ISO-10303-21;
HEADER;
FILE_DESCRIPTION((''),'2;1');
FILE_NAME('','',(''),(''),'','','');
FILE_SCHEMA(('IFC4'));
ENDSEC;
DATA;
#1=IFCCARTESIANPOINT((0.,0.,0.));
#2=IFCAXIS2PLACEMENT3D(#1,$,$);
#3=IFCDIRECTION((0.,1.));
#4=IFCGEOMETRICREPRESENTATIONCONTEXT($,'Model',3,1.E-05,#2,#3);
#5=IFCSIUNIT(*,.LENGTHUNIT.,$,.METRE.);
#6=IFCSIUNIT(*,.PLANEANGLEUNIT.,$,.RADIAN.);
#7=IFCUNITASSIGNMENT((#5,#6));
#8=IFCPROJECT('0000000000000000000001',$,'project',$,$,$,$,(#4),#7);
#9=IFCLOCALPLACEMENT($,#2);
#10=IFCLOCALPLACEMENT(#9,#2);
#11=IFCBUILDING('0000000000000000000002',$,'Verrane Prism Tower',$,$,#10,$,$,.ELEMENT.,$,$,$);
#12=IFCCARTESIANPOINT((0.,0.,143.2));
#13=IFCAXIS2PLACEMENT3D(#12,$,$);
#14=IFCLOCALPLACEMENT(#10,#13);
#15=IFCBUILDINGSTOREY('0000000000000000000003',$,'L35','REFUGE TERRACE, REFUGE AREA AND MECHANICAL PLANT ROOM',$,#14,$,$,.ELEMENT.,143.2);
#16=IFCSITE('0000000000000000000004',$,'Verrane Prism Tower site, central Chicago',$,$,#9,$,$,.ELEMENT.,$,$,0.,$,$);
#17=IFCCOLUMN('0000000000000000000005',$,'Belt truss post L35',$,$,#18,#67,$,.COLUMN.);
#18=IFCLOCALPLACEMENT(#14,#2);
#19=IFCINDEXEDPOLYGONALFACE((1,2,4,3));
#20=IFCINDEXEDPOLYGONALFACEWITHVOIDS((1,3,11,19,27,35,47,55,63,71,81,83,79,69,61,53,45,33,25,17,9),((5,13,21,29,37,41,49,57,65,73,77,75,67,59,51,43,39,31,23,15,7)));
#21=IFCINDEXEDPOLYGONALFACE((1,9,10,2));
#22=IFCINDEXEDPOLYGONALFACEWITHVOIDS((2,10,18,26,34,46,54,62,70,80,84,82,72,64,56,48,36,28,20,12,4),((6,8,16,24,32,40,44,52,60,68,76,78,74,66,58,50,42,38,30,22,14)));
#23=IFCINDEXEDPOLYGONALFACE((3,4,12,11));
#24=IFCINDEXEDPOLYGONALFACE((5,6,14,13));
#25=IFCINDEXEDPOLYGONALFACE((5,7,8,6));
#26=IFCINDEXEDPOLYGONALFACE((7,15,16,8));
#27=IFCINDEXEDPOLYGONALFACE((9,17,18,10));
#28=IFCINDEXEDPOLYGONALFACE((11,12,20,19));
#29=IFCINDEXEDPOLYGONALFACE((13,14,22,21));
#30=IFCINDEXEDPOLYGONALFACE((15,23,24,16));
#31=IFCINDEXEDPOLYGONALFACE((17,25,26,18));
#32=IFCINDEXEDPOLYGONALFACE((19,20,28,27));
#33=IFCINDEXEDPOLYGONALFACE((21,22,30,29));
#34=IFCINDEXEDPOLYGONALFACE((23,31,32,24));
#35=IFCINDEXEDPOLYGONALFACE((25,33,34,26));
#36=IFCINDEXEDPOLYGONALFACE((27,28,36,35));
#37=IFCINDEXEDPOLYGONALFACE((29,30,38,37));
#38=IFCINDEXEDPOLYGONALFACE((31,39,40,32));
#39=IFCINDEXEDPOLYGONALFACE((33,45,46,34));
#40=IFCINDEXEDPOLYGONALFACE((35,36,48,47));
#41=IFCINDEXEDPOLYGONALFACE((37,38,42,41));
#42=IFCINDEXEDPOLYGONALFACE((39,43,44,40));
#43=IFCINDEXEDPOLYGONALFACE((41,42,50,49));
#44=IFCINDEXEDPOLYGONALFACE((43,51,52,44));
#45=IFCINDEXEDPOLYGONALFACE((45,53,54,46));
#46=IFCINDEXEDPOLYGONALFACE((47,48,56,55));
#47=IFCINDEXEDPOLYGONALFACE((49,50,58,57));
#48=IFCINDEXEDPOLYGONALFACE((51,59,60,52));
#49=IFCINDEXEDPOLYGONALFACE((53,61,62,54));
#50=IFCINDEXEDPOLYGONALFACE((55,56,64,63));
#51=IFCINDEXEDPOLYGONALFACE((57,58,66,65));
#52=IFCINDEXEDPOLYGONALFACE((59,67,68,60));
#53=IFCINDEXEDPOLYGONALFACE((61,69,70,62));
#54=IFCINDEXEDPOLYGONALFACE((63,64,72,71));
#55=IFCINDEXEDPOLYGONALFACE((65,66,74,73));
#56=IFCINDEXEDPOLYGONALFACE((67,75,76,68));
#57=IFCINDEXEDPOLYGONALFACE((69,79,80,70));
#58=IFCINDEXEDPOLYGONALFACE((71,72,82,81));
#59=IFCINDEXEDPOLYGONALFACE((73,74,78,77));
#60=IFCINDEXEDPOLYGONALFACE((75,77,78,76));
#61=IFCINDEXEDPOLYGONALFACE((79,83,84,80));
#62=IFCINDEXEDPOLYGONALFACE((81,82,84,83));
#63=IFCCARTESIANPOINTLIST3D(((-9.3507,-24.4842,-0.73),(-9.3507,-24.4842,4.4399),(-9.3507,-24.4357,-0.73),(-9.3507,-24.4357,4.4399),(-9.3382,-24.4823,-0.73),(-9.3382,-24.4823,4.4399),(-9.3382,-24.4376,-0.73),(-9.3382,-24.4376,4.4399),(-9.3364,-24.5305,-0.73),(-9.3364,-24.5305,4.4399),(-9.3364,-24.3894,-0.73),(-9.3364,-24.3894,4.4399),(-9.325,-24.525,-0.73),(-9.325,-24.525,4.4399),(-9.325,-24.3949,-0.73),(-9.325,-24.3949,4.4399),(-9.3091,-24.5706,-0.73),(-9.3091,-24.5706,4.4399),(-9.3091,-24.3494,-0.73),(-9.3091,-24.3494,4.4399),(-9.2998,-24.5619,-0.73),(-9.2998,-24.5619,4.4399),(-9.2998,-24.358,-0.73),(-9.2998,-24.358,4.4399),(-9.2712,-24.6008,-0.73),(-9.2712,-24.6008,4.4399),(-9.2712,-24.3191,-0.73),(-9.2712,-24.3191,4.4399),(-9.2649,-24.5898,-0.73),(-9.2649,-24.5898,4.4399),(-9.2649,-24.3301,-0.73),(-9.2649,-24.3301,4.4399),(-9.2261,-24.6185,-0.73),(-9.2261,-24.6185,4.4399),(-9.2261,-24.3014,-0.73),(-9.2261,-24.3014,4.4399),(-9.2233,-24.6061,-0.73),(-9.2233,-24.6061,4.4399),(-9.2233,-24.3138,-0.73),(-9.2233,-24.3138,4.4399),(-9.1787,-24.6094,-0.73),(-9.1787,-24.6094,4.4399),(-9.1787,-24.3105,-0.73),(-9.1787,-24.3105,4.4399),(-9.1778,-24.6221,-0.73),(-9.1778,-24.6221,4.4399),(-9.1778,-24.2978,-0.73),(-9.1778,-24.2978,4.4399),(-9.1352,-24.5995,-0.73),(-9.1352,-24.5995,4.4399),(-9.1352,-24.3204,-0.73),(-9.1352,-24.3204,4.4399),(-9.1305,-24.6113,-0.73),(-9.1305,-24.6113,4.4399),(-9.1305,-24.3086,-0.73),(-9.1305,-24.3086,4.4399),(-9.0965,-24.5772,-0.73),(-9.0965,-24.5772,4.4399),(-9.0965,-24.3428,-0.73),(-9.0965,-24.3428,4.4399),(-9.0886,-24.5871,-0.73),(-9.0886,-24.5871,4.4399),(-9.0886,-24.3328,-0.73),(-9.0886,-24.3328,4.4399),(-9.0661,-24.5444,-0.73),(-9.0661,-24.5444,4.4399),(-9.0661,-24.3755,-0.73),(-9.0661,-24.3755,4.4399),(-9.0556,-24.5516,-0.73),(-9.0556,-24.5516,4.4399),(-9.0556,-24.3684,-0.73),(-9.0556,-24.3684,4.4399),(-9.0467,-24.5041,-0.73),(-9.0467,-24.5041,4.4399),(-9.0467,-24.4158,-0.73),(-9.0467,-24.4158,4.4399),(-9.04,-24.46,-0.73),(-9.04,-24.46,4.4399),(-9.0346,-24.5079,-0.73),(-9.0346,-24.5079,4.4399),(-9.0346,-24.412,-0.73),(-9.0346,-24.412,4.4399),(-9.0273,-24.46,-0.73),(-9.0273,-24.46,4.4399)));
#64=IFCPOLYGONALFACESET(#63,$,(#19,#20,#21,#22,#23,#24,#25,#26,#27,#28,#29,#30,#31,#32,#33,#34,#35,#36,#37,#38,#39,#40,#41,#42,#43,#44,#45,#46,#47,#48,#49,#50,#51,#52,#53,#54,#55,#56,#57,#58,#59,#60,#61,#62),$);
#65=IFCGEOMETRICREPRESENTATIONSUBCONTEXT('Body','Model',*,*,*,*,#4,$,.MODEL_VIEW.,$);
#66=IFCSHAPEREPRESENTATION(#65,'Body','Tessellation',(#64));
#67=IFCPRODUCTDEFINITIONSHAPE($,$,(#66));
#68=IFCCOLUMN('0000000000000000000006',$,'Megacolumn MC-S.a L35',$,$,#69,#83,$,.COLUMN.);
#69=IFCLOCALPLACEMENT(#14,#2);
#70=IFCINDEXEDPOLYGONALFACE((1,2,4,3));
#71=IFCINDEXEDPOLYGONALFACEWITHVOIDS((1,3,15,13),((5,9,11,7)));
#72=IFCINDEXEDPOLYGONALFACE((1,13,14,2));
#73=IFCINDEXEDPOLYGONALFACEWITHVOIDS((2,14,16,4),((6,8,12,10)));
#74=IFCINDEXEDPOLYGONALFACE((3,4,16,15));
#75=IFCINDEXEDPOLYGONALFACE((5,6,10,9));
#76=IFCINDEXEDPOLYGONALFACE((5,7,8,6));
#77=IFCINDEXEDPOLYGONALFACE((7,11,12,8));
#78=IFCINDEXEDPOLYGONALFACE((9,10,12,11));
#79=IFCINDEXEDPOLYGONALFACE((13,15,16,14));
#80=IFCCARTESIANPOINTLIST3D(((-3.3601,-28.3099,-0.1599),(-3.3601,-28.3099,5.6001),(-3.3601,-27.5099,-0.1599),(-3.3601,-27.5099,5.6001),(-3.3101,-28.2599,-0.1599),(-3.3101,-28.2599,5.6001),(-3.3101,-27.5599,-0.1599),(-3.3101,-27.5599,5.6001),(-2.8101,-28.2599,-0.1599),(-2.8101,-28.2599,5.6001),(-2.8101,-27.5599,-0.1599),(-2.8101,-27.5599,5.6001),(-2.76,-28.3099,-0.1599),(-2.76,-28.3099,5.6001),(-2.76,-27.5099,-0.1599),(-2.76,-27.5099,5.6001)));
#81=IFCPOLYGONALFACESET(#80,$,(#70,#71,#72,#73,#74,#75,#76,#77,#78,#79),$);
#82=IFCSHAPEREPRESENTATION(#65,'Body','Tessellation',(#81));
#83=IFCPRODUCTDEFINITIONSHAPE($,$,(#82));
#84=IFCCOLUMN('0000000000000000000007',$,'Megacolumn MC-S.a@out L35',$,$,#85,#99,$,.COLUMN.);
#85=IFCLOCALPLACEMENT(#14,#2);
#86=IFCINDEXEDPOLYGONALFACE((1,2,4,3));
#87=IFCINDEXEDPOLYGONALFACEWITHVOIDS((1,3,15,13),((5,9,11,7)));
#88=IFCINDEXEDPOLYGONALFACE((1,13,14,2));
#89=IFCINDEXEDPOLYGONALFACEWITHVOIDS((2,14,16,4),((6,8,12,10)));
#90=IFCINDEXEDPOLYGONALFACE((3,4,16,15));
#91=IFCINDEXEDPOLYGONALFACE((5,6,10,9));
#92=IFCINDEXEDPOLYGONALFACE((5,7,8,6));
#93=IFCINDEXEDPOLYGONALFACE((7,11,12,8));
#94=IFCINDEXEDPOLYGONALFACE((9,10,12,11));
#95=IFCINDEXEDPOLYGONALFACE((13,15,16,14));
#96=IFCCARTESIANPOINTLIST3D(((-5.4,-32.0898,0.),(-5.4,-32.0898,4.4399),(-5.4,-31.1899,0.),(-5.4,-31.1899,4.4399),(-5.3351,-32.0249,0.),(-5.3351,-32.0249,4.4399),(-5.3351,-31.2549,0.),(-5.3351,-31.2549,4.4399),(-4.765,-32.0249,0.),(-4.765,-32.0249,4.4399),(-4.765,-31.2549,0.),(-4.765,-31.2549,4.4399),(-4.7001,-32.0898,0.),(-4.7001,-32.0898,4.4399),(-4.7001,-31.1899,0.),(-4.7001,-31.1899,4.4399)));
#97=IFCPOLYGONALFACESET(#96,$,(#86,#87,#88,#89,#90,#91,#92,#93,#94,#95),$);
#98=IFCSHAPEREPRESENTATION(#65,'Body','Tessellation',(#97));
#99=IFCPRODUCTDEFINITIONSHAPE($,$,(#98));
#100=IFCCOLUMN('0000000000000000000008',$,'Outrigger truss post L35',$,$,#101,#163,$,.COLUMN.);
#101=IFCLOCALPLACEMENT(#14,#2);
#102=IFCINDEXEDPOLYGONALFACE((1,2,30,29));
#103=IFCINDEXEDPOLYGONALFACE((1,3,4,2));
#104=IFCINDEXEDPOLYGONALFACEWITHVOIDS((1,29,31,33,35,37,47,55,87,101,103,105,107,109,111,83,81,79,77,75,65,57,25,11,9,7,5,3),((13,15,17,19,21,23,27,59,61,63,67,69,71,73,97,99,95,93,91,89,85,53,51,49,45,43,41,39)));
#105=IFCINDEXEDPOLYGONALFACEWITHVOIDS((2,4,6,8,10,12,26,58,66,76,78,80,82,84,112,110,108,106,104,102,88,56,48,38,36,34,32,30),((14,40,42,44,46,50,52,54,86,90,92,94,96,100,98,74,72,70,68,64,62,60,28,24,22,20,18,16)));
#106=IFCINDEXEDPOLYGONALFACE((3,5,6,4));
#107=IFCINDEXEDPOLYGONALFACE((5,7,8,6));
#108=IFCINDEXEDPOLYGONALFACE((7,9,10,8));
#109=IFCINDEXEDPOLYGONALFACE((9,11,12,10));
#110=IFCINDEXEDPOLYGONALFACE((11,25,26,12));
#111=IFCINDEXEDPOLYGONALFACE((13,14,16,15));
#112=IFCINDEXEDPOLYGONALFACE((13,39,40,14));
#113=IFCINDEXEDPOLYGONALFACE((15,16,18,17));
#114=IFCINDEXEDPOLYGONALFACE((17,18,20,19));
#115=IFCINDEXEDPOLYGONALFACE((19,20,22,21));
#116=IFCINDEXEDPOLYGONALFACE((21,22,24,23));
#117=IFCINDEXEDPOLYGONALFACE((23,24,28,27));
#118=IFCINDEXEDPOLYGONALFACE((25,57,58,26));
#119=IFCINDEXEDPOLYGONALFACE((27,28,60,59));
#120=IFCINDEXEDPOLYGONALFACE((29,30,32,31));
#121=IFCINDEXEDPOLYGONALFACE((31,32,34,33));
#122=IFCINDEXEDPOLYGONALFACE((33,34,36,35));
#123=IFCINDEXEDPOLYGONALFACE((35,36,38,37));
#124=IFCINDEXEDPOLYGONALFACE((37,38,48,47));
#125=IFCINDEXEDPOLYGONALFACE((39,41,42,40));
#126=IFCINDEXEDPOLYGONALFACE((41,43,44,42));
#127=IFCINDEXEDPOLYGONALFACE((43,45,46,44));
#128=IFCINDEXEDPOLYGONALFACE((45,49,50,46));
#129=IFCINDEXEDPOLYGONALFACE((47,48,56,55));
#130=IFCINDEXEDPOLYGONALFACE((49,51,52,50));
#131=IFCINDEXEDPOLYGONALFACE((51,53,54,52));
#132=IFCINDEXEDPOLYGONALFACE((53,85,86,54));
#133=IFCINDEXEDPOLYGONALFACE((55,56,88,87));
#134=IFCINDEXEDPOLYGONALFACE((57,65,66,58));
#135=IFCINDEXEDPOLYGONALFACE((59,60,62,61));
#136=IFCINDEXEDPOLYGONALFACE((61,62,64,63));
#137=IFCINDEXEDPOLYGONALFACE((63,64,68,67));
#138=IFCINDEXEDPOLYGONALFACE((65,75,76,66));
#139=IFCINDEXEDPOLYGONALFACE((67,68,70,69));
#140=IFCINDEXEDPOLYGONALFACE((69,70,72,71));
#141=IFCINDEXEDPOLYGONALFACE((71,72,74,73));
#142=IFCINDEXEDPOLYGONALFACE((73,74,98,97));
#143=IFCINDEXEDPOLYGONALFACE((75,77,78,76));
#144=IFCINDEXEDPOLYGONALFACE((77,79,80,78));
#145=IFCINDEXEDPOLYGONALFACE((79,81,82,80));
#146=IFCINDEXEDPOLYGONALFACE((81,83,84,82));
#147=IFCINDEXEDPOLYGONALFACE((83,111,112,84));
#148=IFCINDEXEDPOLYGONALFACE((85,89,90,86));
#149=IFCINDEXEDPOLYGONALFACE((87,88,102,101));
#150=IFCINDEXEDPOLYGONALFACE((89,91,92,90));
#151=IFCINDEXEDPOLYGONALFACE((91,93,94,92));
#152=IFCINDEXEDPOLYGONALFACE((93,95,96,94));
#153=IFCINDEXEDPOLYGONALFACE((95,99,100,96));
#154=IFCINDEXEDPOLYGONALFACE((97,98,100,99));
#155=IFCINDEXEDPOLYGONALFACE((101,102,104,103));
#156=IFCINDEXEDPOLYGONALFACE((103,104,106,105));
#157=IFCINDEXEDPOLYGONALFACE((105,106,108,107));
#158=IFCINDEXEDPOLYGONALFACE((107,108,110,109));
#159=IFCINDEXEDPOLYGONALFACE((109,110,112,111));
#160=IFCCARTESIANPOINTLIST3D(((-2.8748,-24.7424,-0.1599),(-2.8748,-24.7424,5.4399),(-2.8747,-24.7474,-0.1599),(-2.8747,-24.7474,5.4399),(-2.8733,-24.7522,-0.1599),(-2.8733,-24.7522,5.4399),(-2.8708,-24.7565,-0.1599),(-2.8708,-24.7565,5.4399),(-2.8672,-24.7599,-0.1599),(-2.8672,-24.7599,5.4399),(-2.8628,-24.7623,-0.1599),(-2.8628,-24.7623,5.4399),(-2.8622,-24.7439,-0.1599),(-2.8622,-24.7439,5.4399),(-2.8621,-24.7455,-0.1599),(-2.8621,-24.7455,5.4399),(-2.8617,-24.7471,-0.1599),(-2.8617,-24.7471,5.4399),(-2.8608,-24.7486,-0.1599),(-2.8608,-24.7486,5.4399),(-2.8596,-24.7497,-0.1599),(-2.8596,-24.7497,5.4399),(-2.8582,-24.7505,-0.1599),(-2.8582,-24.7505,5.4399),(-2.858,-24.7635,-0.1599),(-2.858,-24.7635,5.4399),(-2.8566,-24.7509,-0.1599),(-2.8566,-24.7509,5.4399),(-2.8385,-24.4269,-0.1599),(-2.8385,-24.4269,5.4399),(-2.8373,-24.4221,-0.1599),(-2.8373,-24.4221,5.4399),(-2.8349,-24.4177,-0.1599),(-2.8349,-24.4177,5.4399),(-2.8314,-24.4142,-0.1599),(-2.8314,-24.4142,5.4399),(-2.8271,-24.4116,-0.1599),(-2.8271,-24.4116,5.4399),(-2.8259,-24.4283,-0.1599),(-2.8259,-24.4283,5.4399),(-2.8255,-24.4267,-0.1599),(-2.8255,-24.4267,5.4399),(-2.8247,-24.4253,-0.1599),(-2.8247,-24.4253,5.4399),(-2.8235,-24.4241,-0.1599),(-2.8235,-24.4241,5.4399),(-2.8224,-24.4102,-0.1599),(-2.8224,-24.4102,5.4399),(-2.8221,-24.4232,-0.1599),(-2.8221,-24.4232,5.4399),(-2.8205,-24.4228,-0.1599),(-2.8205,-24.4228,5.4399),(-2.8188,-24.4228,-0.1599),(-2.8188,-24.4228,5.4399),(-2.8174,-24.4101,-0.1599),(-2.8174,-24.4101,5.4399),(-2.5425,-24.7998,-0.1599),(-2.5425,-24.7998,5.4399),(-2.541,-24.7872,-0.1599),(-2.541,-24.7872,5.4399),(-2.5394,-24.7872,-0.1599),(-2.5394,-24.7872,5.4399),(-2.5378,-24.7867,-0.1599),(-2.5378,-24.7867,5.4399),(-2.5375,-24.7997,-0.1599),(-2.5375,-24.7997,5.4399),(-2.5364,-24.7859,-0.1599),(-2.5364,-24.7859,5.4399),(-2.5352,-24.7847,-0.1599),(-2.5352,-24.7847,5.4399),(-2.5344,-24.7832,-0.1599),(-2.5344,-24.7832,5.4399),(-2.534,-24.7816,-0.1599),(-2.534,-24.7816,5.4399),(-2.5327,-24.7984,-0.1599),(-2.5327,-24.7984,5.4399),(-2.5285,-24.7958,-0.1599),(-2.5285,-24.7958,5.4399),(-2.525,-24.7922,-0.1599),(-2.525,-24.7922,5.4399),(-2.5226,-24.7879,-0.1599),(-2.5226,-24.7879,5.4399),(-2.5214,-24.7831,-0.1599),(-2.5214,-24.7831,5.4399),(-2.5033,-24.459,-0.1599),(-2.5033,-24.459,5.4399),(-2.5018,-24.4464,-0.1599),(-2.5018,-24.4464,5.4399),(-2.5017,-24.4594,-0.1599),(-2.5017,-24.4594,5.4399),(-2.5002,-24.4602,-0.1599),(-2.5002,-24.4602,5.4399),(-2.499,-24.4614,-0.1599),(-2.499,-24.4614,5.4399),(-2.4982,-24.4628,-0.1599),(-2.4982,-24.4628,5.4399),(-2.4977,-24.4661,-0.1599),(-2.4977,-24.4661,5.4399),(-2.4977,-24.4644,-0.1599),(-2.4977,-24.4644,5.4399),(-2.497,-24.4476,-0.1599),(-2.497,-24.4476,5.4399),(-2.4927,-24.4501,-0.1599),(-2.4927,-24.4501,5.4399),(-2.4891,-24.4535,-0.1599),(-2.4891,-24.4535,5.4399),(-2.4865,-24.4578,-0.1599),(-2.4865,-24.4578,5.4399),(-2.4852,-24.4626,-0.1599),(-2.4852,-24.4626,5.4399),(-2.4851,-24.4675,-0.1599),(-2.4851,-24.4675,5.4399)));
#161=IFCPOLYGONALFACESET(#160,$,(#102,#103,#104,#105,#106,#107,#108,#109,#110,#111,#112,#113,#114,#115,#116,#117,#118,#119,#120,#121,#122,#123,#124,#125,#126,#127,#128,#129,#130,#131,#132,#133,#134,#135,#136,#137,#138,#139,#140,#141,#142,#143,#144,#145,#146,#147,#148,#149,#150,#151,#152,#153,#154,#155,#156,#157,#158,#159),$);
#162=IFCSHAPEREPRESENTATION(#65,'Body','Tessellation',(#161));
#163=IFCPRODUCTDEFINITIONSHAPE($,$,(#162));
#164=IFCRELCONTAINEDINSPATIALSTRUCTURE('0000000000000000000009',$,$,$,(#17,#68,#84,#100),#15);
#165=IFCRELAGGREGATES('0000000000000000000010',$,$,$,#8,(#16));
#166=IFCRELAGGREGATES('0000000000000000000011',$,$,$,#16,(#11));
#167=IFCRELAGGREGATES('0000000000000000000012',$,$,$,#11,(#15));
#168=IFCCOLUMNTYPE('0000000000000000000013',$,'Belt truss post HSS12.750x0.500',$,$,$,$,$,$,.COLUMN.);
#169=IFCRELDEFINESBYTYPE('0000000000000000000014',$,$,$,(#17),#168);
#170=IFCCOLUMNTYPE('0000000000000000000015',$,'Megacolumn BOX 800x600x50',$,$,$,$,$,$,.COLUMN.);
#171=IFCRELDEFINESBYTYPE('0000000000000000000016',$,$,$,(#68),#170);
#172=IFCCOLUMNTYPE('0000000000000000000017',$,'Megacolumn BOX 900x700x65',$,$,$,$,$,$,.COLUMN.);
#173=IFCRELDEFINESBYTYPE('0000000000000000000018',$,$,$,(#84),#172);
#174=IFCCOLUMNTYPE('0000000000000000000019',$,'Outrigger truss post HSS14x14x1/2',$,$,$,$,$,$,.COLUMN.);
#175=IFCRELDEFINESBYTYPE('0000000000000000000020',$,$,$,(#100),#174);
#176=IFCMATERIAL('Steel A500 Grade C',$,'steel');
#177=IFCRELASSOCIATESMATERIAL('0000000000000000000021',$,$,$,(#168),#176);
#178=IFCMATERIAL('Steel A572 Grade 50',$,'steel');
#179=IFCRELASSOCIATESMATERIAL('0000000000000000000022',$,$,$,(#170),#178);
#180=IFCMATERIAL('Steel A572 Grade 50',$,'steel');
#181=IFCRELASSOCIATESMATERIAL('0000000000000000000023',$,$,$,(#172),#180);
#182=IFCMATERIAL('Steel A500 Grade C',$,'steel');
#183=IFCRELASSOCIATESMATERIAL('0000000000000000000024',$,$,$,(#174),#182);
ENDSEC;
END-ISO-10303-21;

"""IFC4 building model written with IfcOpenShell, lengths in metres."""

from ifc_helpers import new_model, si_unit, direction, frame, origin, origin_2d, place, context, subcontext, project, spatial, hollow_rectangle, hollow_circle, extrude, material, material_profile, profile_set, type_object, element, save


model = new_model("IFC4")

# Units and contexts
model_context = context("Model", 3, precision=1e-05, world=origin(), true_north=direction((0.0, 1.0)))
body_context = subcontext(model_context, "Body", "Model", "MODEL_VIEW")
ifc_project = project(units=[si_unit("LENGTHUNIT", "METRE"), si_unit("PLANEANGLEUNIT", "RADIAN")], contexts=[model_context])

# Site, building, storey
site_placement = place(None, origin())
site = spatial("IfcSite", under=ifc_project, at=site_placement, Name="Verrane Prism Tower site, central Chicago", CompositionType="ELEMENT", RefElevation=0.0)
building_placement = place(site_placement, origin())
building = spatial("IfcBuilding", under=site, at=building_placement, Name="Verrane Prism Tower", CompositionType="ELEMENT")
storey_placement = place(building_placement, frame((0.0, 0.0, 143.2)))
storey = spatial("IfcBuildingStorey", under=building, at=storey_placement, Name="L35", Description="REFUGE TERRACE, REFUGE AREA AND MECHANICAL PLANT ROOM", CompositionType="ELEMENT", Elevation=143.2)

# Columns
ifc_material_1 = material(Name="Steel A500 Grade C", Category="steel")
ifc_material_profile_1 = material_profile(ifc_material_1, hollow_circle(Radius=0.1626, WallThickness=0.0127, at=origin_2d()), Name="HSS12.750x0.500")
ifc_profile_set_1 = profile_set([ifc_material_profile_1], Name="Steel A500 Grade C")
column_type_1 = type_object("IfcColumnType", Name="Belt truss post HSS12.750x0.500", PredefinedType="COLUMN", material=ifc_profile_set_1)
column_1_placement = place(storey_placement, frame((-9.1899, -24.46, -0.73), z_axis=(0.0, 0.0, 1.0), x_axis=(-0.5, 0.866025, 0.0)))
element("IfcColumn", 1, at=column_1_placement, inside=storey, type_object=column_type_1, Name="Belt truss post L35", PredefinedType="COLUMN", context=body_context, shape_type="SweptSolid", body=[
    extrude(hollow_circle(Radius=0.1626, WallThickness=0.0127, at=origin_2d()), origin(), (0.0, 0.0, 1.0), 5.1699),
])
ifc_material_2 = material(Name="Steel A572 Grade 50", Category="steel")
ifc_material_profile_2 = material_profile(ifc_material_2, hollow_rectangle(XDim=0.6001, YDim=0.8, WallThickness=0.05, at=origin_2d()), Name="BOX 800x600x50")
ifc_profile_set_2 = profile_set([ifc_material_profile_2], Name="Steel A572 Grade 50")
column_type_2 = type_object("IfcColumnType", Name="Megacolumn BOX 800x600x50", PredefinedType="COLUMN", material=ifc_profile_set_2)
column_2_placement = place(storey_placement, frame((-3.0601, -27.9099, -0.1599), z_axis=(0.0, 0.0, 1.0), x_axis=(-1.0, 0.0, 0.0)))
element("IfcColumn", 2, at=column_2_placement, inside=storey, type_object=column_type_2, Name="Megacolumn MC-S.a L35", PredefinedType="COLUMN", context=body_context, shape_type="SweptSolid", body=[
    extrude(hollow_rectangle(XDim=0.6001, YDim=0.8, WallThickness=0.05, at=origin_2d()), origin(), (0.0, 0.0, 1.0), 5.76),
])
ifc_material_3 = material(Name="Steel A572 Grade 50", Category="steel")
ifc_material_profile_3 = material_profile(ifc_material_3, hollow_rectangle(XDim=0.7, YDim=0.8999, WallThickness=0.0649, at=origin_2d()), Name="BOX 900x700x65")
ifc_profile_set_3 = profile_set([ifc_material_profile_3], Name="Steel A572 Grade 50")
column_type_3 = type_object("IfcColumnType", Name="Megacolumn BOX 900x700x65", PredefinedType="COLUMN", material=ifc_profile_set_3)
column_3_placement = place(storey_placement, frame((-5.05, -31.6399, 0.0), z_axis=(0.0, 0.0, 1.0), x_axis=(-1.0, 0.0, 0.0)))
element("IfcColumn", 3, at=column_3_placement, inside=storey, type_object=column_type_3, Name="Megacolumn MC-S.a@out L35", PredefinedType="COLUMN", context=body_context, shape_type="SweptSolid", body=[
    extrude(hollow_rectangle(XDim=0.7, YDim=0.8999, WallThickness=0.0649, at=origin_2d()), origin(), (0.0, 0.0, 1.0), 4.4399),
])
ifc_material_4 = material(Name="Steel A500 Grade C", Category="steel")
ifc_material_profile_4 = material_profile(ifc_material_4, hollow_rectangle(XDim=0.3557, YDim=0.3557, WallThickness=0.0127, InnerFilletRadius=0.0063, OuterFilletRadius=0.019, at=origin_2d()), Name="HSS14x14x1/2")
ifc_profile_set_4 = profile_set([ifc_material_profile_4], Name="Steel A500 Grade C")
column_type_4 = type_object("IfcColumnType", Name="Outrigger truss post HSS14x14x1/2", PredefinedType="COLUMN", material=ifc_profile_set_4)
column_4_placement = place(storey_placement, frame((-2.6799, -24.605, -0.1599), z_axis=(0.0, 0.0, 1.0), x_axis=(0.993455, -0.114225, 0.0)))
element("IfcColumn", 4, at=column_4_placement, inside=storey, type_object=column_type_4, Name="Outrigger truss post L35", PredefinedType="COLUMN", context=body_context, shape_type="SweptSolid", body=[
    extrude(hollow_rectangle(XDim=0.3557, YDim=0.3557, WallThickness=0.0127, InnerFilletRadius=0.0063, OuterFilletRadius=0.019, at=origin_2d()), origin(), (0.0, 0.0, 1.0), 5.5999),
])

save(model, "model.ifc")
